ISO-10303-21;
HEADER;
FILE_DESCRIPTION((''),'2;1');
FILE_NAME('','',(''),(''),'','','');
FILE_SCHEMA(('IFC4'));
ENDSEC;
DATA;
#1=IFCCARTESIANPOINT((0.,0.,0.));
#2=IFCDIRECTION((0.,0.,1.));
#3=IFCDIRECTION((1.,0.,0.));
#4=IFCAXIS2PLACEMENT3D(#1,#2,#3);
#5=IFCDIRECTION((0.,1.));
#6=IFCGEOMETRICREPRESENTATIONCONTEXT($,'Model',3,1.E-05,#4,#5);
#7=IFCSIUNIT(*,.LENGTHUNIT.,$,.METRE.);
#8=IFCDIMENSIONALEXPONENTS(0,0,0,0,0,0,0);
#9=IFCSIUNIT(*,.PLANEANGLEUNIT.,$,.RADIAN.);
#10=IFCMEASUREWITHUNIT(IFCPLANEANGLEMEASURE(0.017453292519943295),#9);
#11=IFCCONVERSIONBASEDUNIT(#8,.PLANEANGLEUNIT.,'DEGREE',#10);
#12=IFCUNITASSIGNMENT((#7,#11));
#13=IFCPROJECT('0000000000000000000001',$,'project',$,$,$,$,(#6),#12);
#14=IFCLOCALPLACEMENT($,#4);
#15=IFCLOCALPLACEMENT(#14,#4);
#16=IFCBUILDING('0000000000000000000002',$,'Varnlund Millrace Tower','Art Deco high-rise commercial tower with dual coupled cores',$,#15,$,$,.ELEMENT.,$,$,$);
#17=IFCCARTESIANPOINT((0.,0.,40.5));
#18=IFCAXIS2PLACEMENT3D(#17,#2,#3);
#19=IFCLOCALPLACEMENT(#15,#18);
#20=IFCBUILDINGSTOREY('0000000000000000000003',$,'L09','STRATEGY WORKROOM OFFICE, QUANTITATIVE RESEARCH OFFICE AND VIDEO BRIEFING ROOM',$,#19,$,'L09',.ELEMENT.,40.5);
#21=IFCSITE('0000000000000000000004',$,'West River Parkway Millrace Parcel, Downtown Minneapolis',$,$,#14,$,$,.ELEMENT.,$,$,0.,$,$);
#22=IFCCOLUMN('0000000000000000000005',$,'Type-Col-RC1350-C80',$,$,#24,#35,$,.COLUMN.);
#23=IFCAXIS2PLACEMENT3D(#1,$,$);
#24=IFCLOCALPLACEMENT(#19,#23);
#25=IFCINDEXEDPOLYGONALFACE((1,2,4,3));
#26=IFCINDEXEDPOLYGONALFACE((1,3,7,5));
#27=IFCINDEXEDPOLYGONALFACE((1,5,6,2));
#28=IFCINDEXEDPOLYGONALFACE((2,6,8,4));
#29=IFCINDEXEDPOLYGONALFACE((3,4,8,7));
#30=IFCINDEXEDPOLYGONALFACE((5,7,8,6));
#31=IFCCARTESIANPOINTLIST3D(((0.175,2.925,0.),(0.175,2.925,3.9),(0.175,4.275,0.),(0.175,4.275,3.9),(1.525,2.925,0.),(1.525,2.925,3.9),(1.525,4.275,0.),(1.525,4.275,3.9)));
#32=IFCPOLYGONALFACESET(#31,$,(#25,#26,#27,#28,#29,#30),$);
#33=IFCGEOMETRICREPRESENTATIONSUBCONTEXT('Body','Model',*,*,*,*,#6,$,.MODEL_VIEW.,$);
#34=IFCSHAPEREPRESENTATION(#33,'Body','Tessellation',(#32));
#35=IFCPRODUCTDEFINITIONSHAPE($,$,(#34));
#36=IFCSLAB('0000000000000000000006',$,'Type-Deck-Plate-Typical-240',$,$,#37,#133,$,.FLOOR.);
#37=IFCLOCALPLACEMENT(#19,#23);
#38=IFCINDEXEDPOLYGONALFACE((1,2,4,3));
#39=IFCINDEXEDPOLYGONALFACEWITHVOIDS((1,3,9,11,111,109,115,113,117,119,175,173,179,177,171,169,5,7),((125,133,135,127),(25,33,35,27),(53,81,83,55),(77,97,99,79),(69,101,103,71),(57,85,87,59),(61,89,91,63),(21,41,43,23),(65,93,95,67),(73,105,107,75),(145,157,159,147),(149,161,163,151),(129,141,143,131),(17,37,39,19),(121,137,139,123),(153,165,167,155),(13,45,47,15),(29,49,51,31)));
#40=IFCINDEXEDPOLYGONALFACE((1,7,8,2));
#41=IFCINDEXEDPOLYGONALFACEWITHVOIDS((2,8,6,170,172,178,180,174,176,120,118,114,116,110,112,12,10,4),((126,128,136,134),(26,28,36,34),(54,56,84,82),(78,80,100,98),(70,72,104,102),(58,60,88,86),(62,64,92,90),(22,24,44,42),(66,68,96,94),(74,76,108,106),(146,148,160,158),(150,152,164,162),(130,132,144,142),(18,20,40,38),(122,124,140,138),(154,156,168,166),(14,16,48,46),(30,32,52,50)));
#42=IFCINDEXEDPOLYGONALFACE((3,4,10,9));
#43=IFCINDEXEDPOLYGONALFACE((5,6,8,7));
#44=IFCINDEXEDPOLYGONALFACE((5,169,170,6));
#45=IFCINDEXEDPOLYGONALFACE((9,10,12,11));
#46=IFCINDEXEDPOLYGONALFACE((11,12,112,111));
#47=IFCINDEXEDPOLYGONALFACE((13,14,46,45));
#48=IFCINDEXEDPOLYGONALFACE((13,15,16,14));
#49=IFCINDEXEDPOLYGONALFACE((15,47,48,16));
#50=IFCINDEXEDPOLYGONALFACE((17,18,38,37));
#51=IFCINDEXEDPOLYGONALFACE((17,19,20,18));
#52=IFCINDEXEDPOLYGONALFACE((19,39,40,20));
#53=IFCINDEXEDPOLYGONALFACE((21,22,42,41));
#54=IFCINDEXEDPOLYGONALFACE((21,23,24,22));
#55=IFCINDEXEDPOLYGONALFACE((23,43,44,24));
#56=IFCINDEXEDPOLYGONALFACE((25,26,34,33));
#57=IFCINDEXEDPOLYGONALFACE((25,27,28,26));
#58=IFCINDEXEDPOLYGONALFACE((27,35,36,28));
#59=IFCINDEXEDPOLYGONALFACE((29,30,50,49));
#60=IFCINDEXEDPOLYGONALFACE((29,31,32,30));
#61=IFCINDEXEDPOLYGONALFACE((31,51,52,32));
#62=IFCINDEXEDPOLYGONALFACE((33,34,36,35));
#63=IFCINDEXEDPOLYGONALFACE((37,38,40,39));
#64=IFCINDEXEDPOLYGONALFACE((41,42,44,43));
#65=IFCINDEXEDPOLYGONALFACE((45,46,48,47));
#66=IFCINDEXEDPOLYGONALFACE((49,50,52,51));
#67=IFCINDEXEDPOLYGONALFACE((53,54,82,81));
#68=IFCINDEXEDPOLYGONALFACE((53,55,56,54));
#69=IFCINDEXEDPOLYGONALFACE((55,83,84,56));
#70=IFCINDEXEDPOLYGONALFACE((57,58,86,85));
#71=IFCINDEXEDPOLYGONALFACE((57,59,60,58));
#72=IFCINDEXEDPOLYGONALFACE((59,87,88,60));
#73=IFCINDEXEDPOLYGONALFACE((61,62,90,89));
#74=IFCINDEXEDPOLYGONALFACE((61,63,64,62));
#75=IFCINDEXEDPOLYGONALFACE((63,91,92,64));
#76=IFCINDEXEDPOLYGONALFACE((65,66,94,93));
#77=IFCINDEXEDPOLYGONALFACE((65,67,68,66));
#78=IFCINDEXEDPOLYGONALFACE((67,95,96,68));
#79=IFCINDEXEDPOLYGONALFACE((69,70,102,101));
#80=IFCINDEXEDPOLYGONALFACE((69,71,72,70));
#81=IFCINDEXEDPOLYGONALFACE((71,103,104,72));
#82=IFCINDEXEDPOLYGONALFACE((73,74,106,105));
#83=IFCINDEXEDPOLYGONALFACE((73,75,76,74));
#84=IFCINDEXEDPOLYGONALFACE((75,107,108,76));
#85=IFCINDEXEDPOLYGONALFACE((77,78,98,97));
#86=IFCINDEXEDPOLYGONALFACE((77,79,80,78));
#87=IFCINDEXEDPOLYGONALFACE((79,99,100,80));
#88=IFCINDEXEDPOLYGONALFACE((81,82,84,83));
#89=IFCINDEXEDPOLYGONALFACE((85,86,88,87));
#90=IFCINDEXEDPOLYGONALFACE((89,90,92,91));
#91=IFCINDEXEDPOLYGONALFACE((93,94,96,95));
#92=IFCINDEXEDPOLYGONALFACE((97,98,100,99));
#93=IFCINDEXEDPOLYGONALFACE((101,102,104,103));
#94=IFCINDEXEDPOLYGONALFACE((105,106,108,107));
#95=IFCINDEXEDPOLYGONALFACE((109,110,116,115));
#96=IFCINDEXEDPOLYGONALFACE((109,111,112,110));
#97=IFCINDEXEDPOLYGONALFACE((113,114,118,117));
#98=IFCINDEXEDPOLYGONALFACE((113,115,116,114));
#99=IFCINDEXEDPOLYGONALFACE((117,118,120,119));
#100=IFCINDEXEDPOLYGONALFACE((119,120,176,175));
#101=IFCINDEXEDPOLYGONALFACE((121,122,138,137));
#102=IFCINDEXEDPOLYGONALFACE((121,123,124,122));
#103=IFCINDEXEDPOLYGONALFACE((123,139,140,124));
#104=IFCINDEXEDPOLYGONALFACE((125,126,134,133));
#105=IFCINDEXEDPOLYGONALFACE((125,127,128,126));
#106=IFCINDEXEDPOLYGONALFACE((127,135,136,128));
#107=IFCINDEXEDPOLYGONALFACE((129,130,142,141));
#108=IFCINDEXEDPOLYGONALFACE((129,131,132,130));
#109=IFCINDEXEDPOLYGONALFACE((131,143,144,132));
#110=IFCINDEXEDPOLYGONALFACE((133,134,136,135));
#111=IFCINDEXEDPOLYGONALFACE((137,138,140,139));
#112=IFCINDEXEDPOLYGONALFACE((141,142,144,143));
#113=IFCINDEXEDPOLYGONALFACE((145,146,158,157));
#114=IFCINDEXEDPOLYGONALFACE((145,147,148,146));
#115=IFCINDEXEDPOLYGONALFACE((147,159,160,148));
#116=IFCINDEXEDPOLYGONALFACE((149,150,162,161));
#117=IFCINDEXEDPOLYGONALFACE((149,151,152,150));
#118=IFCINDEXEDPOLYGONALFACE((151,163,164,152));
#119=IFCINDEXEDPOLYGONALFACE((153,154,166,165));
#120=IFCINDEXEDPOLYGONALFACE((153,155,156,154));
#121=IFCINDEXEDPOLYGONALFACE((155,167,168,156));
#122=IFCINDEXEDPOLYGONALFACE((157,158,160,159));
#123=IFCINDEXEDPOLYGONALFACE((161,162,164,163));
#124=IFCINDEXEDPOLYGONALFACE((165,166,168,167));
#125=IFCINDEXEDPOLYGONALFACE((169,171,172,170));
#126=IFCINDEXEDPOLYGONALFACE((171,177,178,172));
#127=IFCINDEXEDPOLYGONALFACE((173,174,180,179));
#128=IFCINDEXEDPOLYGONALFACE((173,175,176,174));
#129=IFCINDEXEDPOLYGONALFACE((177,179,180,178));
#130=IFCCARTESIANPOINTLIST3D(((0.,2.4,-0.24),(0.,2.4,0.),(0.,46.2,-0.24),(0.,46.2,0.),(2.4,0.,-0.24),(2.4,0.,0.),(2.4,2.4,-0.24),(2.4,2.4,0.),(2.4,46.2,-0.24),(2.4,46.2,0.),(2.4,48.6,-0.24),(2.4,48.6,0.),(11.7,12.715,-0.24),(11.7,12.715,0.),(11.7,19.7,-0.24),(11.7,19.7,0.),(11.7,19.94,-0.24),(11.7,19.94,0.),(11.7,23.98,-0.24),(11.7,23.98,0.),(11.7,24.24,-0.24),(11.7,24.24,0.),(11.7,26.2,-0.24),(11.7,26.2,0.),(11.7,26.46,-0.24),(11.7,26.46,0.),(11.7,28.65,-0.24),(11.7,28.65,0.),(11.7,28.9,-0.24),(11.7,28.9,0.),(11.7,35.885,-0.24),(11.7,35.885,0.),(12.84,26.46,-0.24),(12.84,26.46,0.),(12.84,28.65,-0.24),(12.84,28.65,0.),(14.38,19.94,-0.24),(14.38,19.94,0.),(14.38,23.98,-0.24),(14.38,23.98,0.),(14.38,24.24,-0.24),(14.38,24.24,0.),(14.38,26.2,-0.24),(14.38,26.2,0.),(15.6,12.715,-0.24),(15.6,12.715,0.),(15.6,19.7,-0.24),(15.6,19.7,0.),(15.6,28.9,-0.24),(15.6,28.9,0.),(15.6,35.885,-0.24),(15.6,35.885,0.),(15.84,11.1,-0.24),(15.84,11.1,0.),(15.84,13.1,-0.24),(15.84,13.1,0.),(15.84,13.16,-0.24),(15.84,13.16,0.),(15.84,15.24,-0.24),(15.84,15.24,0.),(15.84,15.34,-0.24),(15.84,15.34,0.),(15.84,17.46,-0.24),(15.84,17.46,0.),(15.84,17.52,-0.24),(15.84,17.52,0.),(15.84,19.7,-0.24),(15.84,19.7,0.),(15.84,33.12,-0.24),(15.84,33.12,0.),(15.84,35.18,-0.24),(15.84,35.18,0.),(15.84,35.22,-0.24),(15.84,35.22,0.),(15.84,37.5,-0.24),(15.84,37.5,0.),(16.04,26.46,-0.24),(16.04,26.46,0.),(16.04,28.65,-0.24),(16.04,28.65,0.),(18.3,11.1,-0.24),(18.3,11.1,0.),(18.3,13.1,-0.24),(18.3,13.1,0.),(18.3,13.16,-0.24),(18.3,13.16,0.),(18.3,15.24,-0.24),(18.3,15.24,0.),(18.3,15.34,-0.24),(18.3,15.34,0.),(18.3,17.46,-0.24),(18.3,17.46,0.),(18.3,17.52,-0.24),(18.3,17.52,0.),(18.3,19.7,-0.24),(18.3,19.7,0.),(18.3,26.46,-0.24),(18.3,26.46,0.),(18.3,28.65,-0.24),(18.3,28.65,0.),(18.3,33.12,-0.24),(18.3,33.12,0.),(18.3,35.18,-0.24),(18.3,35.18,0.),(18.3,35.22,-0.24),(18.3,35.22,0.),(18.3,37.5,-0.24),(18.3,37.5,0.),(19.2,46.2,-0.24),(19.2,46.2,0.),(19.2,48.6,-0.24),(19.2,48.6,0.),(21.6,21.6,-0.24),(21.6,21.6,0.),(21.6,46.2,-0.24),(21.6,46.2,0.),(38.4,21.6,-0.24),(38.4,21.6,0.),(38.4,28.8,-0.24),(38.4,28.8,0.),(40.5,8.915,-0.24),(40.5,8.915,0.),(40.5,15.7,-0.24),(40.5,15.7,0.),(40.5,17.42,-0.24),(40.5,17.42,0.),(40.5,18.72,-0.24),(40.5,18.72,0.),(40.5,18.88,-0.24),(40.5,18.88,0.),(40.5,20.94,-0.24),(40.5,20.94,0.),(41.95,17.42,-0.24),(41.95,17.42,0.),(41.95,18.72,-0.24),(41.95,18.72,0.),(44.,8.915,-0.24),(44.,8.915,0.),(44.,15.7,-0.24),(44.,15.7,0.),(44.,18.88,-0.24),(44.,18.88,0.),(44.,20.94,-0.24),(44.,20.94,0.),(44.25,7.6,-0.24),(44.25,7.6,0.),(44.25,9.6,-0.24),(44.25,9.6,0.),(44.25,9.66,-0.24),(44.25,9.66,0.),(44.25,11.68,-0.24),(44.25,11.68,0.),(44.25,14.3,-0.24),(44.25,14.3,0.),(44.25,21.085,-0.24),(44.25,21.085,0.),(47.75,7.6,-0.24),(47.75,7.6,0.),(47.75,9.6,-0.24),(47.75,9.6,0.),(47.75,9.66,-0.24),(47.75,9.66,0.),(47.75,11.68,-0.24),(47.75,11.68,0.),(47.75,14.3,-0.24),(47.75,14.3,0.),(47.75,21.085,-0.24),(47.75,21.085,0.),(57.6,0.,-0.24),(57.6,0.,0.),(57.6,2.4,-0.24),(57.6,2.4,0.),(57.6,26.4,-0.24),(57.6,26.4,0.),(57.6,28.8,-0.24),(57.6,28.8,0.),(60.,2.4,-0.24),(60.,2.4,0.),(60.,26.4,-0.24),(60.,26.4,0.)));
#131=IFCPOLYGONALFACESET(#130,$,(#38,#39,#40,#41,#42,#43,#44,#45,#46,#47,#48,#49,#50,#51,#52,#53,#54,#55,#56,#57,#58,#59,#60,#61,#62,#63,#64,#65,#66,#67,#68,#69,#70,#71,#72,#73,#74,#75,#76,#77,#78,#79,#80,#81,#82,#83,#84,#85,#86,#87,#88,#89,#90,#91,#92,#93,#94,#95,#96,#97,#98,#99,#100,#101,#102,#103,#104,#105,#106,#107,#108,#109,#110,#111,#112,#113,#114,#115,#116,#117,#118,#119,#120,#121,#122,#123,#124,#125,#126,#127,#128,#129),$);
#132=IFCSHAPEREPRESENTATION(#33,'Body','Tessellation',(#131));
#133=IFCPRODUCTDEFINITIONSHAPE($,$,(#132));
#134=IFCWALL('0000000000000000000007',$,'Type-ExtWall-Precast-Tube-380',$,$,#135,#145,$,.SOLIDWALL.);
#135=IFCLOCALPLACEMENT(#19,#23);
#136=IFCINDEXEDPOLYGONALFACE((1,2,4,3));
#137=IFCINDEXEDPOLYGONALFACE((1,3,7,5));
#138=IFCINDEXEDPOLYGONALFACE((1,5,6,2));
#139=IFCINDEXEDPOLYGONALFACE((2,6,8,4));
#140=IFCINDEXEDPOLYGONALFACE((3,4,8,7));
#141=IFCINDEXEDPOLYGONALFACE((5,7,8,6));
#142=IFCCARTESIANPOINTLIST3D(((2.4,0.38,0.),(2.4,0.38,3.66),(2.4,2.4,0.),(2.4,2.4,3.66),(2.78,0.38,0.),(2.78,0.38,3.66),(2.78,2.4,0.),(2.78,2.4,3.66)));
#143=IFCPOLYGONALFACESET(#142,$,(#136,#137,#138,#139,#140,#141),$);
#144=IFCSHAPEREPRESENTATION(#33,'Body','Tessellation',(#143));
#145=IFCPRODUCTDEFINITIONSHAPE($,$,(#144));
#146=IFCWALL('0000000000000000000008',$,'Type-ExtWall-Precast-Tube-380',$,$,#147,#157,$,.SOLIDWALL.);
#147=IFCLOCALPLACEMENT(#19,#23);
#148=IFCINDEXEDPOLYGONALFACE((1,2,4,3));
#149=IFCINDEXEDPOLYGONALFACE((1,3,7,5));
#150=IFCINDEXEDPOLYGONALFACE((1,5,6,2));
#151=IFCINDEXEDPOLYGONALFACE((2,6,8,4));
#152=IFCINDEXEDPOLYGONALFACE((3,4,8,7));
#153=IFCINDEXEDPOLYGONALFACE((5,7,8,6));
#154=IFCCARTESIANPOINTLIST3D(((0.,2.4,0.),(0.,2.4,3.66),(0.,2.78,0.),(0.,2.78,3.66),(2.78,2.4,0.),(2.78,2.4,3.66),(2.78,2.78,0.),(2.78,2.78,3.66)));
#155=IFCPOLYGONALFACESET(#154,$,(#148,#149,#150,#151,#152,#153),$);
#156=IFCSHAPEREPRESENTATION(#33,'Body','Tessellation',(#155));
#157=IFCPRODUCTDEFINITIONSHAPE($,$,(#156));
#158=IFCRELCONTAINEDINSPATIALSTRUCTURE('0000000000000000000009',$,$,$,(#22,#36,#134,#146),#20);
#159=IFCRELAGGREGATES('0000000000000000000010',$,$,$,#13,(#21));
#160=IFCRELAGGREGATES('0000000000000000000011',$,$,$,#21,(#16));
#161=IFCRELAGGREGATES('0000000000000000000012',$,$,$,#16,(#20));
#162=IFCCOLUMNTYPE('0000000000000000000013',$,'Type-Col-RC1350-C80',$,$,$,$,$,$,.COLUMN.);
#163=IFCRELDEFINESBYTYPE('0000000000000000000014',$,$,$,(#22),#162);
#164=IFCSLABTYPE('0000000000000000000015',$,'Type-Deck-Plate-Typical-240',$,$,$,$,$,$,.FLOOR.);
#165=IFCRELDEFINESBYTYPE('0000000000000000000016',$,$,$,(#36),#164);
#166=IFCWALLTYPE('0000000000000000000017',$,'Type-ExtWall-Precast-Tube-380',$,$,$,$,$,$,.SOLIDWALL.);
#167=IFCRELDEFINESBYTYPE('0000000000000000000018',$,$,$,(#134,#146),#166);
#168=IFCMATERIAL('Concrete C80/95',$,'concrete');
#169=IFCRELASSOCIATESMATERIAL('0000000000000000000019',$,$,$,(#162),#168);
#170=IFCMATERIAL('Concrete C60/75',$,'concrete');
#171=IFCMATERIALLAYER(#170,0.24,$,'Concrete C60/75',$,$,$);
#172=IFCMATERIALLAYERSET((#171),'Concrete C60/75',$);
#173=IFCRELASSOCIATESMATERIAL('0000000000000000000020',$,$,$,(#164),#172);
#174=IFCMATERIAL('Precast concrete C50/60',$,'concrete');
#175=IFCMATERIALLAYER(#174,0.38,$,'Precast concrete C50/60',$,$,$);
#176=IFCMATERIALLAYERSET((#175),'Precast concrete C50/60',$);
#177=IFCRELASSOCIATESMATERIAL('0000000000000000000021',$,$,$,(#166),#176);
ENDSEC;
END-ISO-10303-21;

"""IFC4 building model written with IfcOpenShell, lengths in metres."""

from ifc_helpers import new_model, entity, si_unit, converted_unit, direction, frame, origin_with_axes, origin_2d_with_axis, place, context, subcontext, project, spatial, polyline, rectangle, outline, extrude, material, layer, layer_set, material_profile, profile_set, type_object, element, save


model = new_model("IFC4")

# Units and contexts
model_context = context("Model", 3, precision=1e-05, world=origin_with_axes(), true_north=direction((0.0, 1.0)))
body_context = subcontext(model_context, "Body", "Model", "MODEL_VIEW")
ifc_project = project(units=[si_unit("LENGTHUNIT", "METRE"), converted_unit("PLANEANGLEUNIT", "DEGREE", entity("IfcPlaneAngleMeasure", 0.017453292519943295), si_unit("PLANEANGLEUNIT", "RADIAN"), dimensions=[0, 0, 0, 0, 0, 0, 0])], contexts=[model_context])

# Site, building, storey
site_placement = place(None, origin_with_axes())
site = spatial("IfcSite", under=ifc_project, at=site_placement, Name="West River Parkway Millrace Parcel, Downtown Minneapolis", CompositionType="ELEMENT", RefElevation=0.0)
building_placement = place(site_placement, origin_with_axes())
building = spatial("IfcBuilding", under=site, at=building_placement, Name="Varnlund Millrace Tower", Description="Art Deco high-rise commercial tower with dual coupled cores", CompositionType="ELEMENT")
storey_placement = place(building_placement, frame((0.0, 0.0, 40.5), z_axis=(0.0, 0.0, 1.0), x_axis=(1.0, 0.0, 0.0)))
storey = spatial("IfcBuildingStorey", under=building, at=storey_placement, Name="L09", Description="STRATEGY WORKROOM OFFICE, QUANTITATIVE RESEARCH OFFICE AND VIDEO BRIEFING ROOM", LongName="L09", CompositionType="ELEMENT", Elevation=40.5)

# Column
ifc_material_1 = material(Name="Concrete C80/95", Category="concrete")
ifc_material_profile = material_profile(ifc_material_1, rectangle(XDim=1.35, YDim=1.35, at=origin_2d_with_axis()), Name="Concrete C80/95")
ifc_profile_set = profile_set([ifc_material_profile], Name="Concrete C80/95")
column_type = type_object("IfcColumnType", Name="Type-Col-RC1350-C80", PredefinedType="COLUMN", material=ifc_profile_set)
column_placement = place(storey_placement, frame((0.85, 3.6, 0.0), z_axis=(0.0, 0.0, 1.0), x_axis=(1.0, 0.0, 0.0)))
element("IfcColumn", 1, at=column_placement, inside=storey, type_object=column_type, Name="Type-Col-RC1350-C80", PredefinedType="COLUMN", context=body_context, shape_type="SweptSolid", body=[
    extrude(rectangle(XDim=1.35, YDim=1.35, at=origin_2d_with_axis()), origin_with_axes(), (0.0, 0.0, 1.0), 3.9),
])

# Slab
ifc_material_2 = material(Name="Concrete C60/75", Category="concrete")
ifc_layer_1 = layer(ifc_material_2, 0.24, Name="Concrete C60/75")
ifc_layer_set_1 = layer_set([ifc_layer_1], Name="Concrete C60/75")
slab_type = type_object("IfcSlabType", Name="Type-Deck-Plate-Typical-240", PredefinedType="FLOOR", material=ifc_layer_set_1)
slab_placement = place(storey_placement, frame((0.0, 0.0, -0.24), z_axis=(0.0, 0.0, 1.0), x_axis=(1.0, 0.0, 0.0)))
element("IfcSlab", 2, at=slab_placement, inside=storey, type_object=slab_type, Name="Type-Deck-Plate-Typical-240", PredefinedType="FLOOR", context=body_context, shape_type="SweptSolid", body=[
    extrude(outline(polyline([(21.6, 21.6), (21.6, 46.2), (19.2, 46.2), (19.2, 48.6), (2.4, 48.6), (2.4, 46.2), (0.0, 46.2), (0.0, 2.4), (2.4, 2.4), (2.4, 0.0), (57.6, 0.0), (57.6, 2.4), (60.0, 2.4), (60.0, 26.4), (57.6, 26.4), (57.6, 28.8), (38.4, 28.8), (38.4, 21.6), (21.6, 21.6)]), holes=[polyline([(18.3, 11.1), (15.84, 11.1), (15.84, 13.1), (18.3, 13.1), (18.3, 11.1)]), polyline([(18.3, 13.16), (15.84, 13.16), (15.84, 15.24), (18.3, 15.24), (18.3, 13.16)]), polyline([(15.6, 12.715), (11.7, 12.715), (11.7, 19.7), (15.6, 19.7), (15.6, 12.715)]), polyline([(18.3, 15.34), (15.84, 15.34), (15.84, 17.46), (18.3, 17.46), (18.3, 15.34)]), polyline([(18.3, 17.52), (15.84, 17.52), (15.84, 19.7), (18.3, 19.7), (18.3, 17.52)]), polyline([(14.38, 23.98), (14.38, 19.94), (11.7, 19.94), (11.7, 23.98), (14.38, 23.98)]), polyline([(11.7, 24.24), (11.7, 26.2), (14.38, 26.2), (14.38, 24.24), (11.7, 24.24)]), polyline([(11.7, 26.46), (11.7, 28.65), (12.84, 28.65), (12.84, 26.46), (11.7, 26.46)]), polyline([(15.6, 28.9), (11.7, 28.9), (11.7, 35.885), (15.6, 35.885), (15.6, 28.9)]), polyline([(47.75, 7.6), (44.25, 7.6), (44.25, 9.6), (47.75, 9.6), (47.75, 7.6)]), polyline([(47.75, 9.66), (44.25, 9.66), (44.25, 11.68), (47.75, 11.68), (47.75, 9.66)]), polyline([(40.5, 8.915), (40.5, 15.7), (44.0, 15.7), (44.0, 8.915), (40.5, 8.915)]), polyline([(44.25, 14.3), (44.25, 21.085), (47.75, 21.085), (47.75, 14.3), (44.25, 14.3)]), polyline([(41.95, 17.42), (40.5, 17.42), (40.5, 18.72), (41.95, 18.72), (41.95, 17.42)]), polyline([(44.0, 18.88), (40.5, 18.88), (40.5, 20.94), (44.0, 20.94), (44.0, 18.88)]), polyline([(18.3, 26.46), (16.04, 26.46), (16.04, 28.65), (18.3, 28.65), (18.3, 26.46)]), polyline([(15.84, 33.12), (15.84, 35.18), (18.3, 35.18), (18.3, 33.12), (15.84, 33.12)]), polyline([(15.84, 35.22), (15.84, 37.5), (18.3, 37.5), (18.3, 35.22), (15.84, 35.22)])]), origin_with_axes(), (0.0, 0.0, 1.0), 0.24),
])

# Walls
ifc_material_3 = material(Name="Precast concrete C50/60", Category="concrete")
ifc_layer_2 = layer(ifc_material_3, 0.38, Name="Precast concrete C50/60")
ifc_layer_set_2 = layer_set([ifc_layer_2], Name="Precast concrete C50/60")
wall_type_1 = type_object("IfcWallType", Name="Type-ExtWall-Precast-Tube-380", PredefinedType="SOLIDWALL", material=ifc_layer_set_2)
wall_1_placement = place(storey_placement, frame((2.59, 0.38, 0.0), z_axis=(0.0, 0.0, 1.0), x_axis=(0.0, 1.0, 0.0)))
element("IfcWall", 3, at=wall_1_placement, inside=storey, type_object=wall_type_1, Name="Type-ExtWall-Precast-Tube-380", PredefinedType="SOLIDWALL", context=body_context, shape_type="SweptSolid", body=[
    extrude(outline(polyline([(0.0, -0.19), (2.02, -0.19), (2.02, 0.19), (0.0, 0.19), (0.0, -0.19)])), origin_with_axes(), (0.0, 0.0, 1.0), 3.66),
])
wall_2_placement = place(storey_placement, frame((2.78, 2.59, 0.0), z_axis=(0.0, 0.0, 1.0), x_axis=(-1.0, 0.0, 0.0)))
element("IfcWall", 4, at=wall_2_placement, inside=storey, type_object=wall_type_1, Name="Type-ExtWall-Precast-Tube-380", PredefinedType="SOLIDWALL", context=body_context, shape_type="SweptSolid", body=[
    extrude(outline(polyline([(0.0, -0.19), (2.78, -0.19), (2.78, 0.19), (0.0, 0.19), (0.0, -0.19)])), origin_with_axes(), (0.0, 0.0, 1.0), 3.66),
])

save(model, "model.ifc")
